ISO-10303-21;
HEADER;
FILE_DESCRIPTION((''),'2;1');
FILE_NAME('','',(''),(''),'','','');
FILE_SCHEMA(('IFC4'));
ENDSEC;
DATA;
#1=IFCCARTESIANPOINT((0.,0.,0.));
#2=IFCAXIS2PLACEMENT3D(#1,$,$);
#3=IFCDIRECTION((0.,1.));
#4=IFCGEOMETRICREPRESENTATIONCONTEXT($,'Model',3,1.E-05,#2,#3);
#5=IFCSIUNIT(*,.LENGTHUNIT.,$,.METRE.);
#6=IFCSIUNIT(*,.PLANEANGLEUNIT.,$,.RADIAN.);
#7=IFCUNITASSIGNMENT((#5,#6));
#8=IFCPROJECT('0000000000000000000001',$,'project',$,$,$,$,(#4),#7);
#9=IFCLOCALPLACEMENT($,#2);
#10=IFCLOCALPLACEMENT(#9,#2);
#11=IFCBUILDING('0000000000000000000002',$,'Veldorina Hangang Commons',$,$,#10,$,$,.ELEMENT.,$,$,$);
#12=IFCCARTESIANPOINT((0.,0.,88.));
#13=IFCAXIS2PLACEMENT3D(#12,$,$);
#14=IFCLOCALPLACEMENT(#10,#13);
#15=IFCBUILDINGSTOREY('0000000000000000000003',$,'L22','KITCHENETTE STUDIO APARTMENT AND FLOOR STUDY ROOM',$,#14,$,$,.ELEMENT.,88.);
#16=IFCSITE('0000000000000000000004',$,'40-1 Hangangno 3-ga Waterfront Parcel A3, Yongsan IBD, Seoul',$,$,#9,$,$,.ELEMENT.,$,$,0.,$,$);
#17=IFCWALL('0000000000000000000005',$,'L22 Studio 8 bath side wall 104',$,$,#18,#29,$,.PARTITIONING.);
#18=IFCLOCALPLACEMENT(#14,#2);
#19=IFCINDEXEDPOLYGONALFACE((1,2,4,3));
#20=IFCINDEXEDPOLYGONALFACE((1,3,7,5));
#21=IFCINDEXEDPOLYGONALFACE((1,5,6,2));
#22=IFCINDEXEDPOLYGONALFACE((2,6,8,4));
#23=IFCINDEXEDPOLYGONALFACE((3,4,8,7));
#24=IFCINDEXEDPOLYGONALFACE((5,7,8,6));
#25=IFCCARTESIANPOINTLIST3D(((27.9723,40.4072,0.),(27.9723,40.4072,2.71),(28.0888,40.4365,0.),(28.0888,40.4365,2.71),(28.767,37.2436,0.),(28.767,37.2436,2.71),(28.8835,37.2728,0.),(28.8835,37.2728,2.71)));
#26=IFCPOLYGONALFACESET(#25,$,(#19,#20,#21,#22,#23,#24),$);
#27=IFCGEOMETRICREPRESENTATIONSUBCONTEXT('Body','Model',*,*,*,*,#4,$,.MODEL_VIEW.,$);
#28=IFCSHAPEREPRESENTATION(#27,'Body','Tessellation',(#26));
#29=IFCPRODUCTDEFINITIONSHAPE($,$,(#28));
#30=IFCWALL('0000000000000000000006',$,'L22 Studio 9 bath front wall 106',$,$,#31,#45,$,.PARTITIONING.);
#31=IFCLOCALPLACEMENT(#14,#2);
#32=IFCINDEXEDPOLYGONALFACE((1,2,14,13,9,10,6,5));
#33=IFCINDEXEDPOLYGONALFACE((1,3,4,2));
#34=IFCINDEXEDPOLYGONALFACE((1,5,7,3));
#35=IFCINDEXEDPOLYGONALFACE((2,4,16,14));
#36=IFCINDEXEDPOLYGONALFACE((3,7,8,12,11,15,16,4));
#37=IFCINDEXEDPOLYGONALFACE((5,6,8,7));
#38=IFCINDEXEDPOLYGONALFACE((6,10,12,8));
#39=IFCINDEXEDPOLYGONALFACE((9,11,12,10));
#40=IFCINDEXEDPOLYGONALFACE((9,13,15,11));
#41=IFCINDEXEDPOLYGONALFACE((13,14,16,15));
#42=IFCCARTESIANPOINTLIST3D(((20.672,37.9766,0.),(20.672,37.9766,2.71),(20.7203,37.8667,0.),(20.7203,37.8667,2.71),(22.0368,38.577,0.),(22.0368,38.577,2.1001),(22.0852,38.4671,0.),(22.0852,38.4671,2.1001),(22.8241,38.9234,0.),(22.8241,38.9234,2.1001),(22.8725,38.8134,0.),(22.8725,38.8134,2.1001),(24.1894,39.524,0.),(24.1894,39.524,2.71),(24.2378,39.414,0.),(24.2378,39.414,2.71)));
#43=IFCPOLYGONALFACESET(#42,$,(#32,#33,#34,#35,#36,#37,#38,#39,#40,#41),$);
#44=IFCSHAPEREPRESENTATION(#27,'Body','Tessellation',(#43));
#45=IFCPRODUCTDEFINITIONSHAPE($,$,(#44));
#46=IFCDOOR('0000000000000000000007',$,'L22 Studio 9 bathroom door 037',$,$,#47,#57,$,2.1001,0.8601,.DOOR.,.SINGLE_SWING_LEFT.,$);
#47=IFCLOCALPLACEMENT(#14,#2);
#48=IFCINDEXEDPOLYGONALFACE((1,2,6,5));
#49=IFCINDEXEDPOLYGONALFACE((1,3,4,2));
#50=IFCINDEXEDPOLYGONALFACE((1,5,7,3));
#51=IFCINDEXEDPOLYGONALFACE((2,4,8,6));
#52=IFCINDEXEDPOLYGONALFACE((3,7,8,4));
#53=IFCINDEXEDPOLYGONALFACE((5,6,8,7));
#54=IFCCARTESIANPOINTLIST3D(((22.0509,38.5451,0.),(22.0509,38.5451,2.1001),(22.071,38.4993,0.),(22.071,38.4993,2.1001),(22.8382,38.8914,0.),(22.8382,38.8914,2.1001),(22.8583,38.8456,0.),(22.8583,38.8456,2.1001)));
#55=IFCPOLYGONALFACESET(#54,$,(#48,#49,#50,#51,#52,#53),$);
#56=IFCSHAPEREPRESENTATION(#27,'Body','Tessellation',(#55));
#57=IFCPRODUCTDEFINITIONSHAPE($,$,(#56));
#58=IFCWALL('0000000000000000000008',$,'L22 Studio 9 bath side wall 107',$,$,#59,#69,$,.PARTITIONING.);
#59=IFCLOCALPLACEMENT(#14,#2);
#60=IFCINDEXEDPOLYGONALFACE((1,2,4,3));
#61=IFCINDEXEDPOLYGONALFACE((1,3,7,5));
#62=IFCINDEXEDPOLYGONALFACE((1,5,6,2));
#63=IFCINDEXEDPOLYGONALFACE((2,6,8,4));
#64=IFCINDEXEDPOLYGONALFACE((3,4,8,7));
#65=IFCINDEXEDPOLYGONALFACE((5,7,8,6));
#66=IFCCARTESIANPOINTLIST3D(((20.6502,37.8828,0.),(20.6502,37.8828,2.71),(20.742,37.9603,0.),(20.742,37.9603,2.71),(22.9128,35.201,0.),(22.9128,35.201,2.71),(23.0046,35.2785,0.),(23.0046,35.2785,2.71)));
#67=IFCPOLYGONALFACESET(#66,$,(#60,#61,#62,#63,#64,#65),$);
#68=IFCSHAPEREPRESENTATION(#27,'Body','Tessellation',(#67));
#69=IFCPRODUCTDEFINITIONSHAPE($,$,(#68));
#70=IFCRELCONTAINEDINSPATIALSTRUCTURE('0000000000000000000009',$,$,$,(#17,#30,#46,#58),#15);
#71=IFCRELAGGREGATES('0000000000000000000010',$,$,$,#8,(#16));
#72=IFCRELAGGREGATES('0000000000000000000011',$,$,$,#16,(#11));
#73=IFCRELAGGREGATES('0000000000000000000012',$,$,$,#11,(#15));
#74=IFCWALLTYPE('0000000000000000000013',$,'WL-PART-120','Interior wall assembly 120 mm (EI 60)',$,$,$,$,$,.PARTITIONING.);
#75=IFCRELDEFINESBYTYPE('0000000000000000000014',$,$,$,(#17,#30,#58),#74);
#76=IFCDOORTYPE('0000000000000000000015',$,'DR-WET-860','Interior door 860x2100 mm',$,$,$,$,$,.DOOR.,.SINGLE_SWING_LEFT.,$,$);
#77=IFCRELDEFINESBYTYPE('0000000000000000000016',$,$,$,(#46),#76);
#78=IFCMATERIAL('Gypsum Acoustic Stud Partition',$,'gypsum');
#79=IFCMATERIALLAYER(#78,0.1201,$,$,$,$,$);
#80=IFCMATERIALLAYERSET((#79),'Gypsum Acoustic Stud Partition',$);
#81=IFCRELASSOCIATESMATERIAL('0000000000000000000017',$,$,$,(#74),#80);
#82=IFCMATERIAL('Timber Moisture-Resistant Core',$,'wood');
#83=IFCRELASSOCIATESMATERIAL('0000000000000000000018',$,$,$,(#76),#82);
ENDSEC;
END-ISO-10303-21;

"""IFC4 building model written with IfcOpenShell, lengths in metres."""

from ifc_helpers import new_model, si_unit, direction, frame, frame_2d, origin, place, context, subcontext, project, spatial, rectangle, extrude, material, layer, layer_set, type_object, element, fill, save


model = new_model("IFC4")

# Units and contexts
model_context = context("Model", 3, precision=1e-05, world=origin(), true_north=direction((0.0, 1.0)))
body_context = subcontext(model_context, "Body", "Model", "MODEL_VIEW")
ifc_project = project(units=[si_unit("LENGTHUNIT", "METRE"), si_unit("PLANEANGLEUNIT", "RADIAN")], contexts=[model_context])

# Site, building, storey
site_placement = place(None, origin())
site = spatial("IfcSite", under=ifc_project, at=site_placement, Name="40-1 Hangangno 3-ga Waterfront Parcel A3, Yongsan IBD, Seoul", CompositionType="ELEMENT", RefElevation=0.0)
building_placement = place(site_placement, origin())
building = spatial("IfcBuilding", under=site, at=building_placement, Name="Veldorina Hangang Commons", CompositionType="ELEMENT")
storey_placement = place(building_placement, frame((0.0, 0.0, 88.0)))
storey = spatial("IfcBuildingStorey", under=building, at=storey_placement, Name="L22", Description="KITCHENETTE STUDIO APARTMENT AND FLOOR STUDY ROOM", CompositionType="ELEMENT", Elevation=88.0)

# Wall
ifc_material_1 = material(Name="Gypsum Acoustic Stud Partition", Category="gypsum")
ifc_layer_1 = layer(ifc_material_1, 0.1201)
ifc_layer_set_1 = layer_set([ifc_layer_1], Name="Gypsum Acoustic Stud Partition")
wall_type_1 = type_object("IfcWallType", Name="WL-PART-120", Description="Interior wall assembly 120 mm (EI 60)", PredefinedType="PARTITIONING", material=ifc_layer_set_1)
wall_1_placement = place(storey_placement, frame((28.8252, 37.2583, 0.0), z_axis=(0.0, 0.0, 1.0), x_axis=(-0.243627, 0.969869, 0.0)))
element("IfcWall", 1, at=wall_1_placement, inside=storey, type_object=wall_type_1, Name="L22 Studio 8 bath side wall 104", PredefinedType="PARTITIONING", context=body_context, shape_type="SweptSolid", body=[
    extrude(rectangle(XDim=3.262, YDim=0.1201, at=frame_2d((1.6309, 0.0))), origin(), (0.0, 0.0, 1.0), 2.71),
])

# Wall, opening, door
wall_2_placement = place(storey_placement, frame((24.2136, 39.469, 0.0), z_axis=(0.0, 0.0, 1.0), x_axis=(-0.915351, -0.402658, 0.0)))
wall_2 = element("IfcWall", 2, at=wall_2_placement, inside=storey, type_object=wall_type_1, Name="L22 Studio 9 bath front wall 106", PredefinedType="PARTITIONING", context=body_context, shape_type="SweptSolid", body=[
    extrude(rectangle(XDim=3.8428, YDim=0.1201, at=frame_2d((1.9214, 0.0))), origin(), (0.0, 0.0, 1.0), 2.71),
])
opening_1_placement = place(wall_2_placement, frame((1.4915, 0.0, 0.0)))
opening_1 = element("IfcOpeningElement", 3, at=opening_1_placement, cuts=wall_2, PredefinedType="OPENING", context=body_context, shape_type="SweptSolid", body=[
    extrude(rectangle(XDim=0.8601, YDim=2.1001, at=frame_2d((0.4302, 1.05))), frame((0.0, 0.0701, 0.0), z_axis=(0.0, -1.0, 0.0), x_axis=(1.0, 0.0, 0.0)), (0.0, 0.0, 1.0), 0.1401),
])
ifc_material_2 = material(Name="Timber Moisture-Resistant Core", Category="wood")
door_type_1 = type_object("IfcDoorType", Name="DR-WET-860", Description="Interior door 860x2100 mm", OperationType="SINGLE_SWING_LEFT", PredefinedType="DOOR", material=ifc_material_2)
door_1_placement = place(opening_1_placement, origin())
door_1 = element("IfcDoor", 4, at=door_1_placement, inside=storey, type_object=door_type_1, Name="L22 Studio 9 bathroom door 037", OperationType="SINGLE_SWING_LEFT", OverallHeight=2.1001, OverallWidth=0.8601, PredefinedType="DOOR", context=body_context, shape_type="SweptSolid", body=[
    extrude(rectangle(XDim=0.8601, YDim=2.1001, at=frame_2d((0.4302, 1.05))), frame((0.0, 0.0249, 0.0), z_axis=(0.0, -1.0, 0.0), x_axis=(1.0, 0.0, 0.0)), (0.0, 0.0, 1.0), 0.05),
])
fill(opening_1, door_1)

# Wall
wall_3_placement = place(storey_placement, frame((22.9587, 35.2397, 0.0), z_axis=(0.0, 0.0, 1.0), x_axis=(-0.644847, 0.764312, 0.0)))
element("IfcWall", 5, at=wall_3_placement, inside=storey, type_object=wall_type_1, Name="L22 Studio 9 bath side wall 107", PredefinedType="PARTITIONING", context=body_context, shape_type="SweptSolid", body=[
    extrude(rectangle(XDim=3.5088, YDim=0.1201, at=frame_2d((1.7544, 0.0))), origin(), (0.0, 0.0, 1.0), 2.71),
])

save(model, "model.ifc")
